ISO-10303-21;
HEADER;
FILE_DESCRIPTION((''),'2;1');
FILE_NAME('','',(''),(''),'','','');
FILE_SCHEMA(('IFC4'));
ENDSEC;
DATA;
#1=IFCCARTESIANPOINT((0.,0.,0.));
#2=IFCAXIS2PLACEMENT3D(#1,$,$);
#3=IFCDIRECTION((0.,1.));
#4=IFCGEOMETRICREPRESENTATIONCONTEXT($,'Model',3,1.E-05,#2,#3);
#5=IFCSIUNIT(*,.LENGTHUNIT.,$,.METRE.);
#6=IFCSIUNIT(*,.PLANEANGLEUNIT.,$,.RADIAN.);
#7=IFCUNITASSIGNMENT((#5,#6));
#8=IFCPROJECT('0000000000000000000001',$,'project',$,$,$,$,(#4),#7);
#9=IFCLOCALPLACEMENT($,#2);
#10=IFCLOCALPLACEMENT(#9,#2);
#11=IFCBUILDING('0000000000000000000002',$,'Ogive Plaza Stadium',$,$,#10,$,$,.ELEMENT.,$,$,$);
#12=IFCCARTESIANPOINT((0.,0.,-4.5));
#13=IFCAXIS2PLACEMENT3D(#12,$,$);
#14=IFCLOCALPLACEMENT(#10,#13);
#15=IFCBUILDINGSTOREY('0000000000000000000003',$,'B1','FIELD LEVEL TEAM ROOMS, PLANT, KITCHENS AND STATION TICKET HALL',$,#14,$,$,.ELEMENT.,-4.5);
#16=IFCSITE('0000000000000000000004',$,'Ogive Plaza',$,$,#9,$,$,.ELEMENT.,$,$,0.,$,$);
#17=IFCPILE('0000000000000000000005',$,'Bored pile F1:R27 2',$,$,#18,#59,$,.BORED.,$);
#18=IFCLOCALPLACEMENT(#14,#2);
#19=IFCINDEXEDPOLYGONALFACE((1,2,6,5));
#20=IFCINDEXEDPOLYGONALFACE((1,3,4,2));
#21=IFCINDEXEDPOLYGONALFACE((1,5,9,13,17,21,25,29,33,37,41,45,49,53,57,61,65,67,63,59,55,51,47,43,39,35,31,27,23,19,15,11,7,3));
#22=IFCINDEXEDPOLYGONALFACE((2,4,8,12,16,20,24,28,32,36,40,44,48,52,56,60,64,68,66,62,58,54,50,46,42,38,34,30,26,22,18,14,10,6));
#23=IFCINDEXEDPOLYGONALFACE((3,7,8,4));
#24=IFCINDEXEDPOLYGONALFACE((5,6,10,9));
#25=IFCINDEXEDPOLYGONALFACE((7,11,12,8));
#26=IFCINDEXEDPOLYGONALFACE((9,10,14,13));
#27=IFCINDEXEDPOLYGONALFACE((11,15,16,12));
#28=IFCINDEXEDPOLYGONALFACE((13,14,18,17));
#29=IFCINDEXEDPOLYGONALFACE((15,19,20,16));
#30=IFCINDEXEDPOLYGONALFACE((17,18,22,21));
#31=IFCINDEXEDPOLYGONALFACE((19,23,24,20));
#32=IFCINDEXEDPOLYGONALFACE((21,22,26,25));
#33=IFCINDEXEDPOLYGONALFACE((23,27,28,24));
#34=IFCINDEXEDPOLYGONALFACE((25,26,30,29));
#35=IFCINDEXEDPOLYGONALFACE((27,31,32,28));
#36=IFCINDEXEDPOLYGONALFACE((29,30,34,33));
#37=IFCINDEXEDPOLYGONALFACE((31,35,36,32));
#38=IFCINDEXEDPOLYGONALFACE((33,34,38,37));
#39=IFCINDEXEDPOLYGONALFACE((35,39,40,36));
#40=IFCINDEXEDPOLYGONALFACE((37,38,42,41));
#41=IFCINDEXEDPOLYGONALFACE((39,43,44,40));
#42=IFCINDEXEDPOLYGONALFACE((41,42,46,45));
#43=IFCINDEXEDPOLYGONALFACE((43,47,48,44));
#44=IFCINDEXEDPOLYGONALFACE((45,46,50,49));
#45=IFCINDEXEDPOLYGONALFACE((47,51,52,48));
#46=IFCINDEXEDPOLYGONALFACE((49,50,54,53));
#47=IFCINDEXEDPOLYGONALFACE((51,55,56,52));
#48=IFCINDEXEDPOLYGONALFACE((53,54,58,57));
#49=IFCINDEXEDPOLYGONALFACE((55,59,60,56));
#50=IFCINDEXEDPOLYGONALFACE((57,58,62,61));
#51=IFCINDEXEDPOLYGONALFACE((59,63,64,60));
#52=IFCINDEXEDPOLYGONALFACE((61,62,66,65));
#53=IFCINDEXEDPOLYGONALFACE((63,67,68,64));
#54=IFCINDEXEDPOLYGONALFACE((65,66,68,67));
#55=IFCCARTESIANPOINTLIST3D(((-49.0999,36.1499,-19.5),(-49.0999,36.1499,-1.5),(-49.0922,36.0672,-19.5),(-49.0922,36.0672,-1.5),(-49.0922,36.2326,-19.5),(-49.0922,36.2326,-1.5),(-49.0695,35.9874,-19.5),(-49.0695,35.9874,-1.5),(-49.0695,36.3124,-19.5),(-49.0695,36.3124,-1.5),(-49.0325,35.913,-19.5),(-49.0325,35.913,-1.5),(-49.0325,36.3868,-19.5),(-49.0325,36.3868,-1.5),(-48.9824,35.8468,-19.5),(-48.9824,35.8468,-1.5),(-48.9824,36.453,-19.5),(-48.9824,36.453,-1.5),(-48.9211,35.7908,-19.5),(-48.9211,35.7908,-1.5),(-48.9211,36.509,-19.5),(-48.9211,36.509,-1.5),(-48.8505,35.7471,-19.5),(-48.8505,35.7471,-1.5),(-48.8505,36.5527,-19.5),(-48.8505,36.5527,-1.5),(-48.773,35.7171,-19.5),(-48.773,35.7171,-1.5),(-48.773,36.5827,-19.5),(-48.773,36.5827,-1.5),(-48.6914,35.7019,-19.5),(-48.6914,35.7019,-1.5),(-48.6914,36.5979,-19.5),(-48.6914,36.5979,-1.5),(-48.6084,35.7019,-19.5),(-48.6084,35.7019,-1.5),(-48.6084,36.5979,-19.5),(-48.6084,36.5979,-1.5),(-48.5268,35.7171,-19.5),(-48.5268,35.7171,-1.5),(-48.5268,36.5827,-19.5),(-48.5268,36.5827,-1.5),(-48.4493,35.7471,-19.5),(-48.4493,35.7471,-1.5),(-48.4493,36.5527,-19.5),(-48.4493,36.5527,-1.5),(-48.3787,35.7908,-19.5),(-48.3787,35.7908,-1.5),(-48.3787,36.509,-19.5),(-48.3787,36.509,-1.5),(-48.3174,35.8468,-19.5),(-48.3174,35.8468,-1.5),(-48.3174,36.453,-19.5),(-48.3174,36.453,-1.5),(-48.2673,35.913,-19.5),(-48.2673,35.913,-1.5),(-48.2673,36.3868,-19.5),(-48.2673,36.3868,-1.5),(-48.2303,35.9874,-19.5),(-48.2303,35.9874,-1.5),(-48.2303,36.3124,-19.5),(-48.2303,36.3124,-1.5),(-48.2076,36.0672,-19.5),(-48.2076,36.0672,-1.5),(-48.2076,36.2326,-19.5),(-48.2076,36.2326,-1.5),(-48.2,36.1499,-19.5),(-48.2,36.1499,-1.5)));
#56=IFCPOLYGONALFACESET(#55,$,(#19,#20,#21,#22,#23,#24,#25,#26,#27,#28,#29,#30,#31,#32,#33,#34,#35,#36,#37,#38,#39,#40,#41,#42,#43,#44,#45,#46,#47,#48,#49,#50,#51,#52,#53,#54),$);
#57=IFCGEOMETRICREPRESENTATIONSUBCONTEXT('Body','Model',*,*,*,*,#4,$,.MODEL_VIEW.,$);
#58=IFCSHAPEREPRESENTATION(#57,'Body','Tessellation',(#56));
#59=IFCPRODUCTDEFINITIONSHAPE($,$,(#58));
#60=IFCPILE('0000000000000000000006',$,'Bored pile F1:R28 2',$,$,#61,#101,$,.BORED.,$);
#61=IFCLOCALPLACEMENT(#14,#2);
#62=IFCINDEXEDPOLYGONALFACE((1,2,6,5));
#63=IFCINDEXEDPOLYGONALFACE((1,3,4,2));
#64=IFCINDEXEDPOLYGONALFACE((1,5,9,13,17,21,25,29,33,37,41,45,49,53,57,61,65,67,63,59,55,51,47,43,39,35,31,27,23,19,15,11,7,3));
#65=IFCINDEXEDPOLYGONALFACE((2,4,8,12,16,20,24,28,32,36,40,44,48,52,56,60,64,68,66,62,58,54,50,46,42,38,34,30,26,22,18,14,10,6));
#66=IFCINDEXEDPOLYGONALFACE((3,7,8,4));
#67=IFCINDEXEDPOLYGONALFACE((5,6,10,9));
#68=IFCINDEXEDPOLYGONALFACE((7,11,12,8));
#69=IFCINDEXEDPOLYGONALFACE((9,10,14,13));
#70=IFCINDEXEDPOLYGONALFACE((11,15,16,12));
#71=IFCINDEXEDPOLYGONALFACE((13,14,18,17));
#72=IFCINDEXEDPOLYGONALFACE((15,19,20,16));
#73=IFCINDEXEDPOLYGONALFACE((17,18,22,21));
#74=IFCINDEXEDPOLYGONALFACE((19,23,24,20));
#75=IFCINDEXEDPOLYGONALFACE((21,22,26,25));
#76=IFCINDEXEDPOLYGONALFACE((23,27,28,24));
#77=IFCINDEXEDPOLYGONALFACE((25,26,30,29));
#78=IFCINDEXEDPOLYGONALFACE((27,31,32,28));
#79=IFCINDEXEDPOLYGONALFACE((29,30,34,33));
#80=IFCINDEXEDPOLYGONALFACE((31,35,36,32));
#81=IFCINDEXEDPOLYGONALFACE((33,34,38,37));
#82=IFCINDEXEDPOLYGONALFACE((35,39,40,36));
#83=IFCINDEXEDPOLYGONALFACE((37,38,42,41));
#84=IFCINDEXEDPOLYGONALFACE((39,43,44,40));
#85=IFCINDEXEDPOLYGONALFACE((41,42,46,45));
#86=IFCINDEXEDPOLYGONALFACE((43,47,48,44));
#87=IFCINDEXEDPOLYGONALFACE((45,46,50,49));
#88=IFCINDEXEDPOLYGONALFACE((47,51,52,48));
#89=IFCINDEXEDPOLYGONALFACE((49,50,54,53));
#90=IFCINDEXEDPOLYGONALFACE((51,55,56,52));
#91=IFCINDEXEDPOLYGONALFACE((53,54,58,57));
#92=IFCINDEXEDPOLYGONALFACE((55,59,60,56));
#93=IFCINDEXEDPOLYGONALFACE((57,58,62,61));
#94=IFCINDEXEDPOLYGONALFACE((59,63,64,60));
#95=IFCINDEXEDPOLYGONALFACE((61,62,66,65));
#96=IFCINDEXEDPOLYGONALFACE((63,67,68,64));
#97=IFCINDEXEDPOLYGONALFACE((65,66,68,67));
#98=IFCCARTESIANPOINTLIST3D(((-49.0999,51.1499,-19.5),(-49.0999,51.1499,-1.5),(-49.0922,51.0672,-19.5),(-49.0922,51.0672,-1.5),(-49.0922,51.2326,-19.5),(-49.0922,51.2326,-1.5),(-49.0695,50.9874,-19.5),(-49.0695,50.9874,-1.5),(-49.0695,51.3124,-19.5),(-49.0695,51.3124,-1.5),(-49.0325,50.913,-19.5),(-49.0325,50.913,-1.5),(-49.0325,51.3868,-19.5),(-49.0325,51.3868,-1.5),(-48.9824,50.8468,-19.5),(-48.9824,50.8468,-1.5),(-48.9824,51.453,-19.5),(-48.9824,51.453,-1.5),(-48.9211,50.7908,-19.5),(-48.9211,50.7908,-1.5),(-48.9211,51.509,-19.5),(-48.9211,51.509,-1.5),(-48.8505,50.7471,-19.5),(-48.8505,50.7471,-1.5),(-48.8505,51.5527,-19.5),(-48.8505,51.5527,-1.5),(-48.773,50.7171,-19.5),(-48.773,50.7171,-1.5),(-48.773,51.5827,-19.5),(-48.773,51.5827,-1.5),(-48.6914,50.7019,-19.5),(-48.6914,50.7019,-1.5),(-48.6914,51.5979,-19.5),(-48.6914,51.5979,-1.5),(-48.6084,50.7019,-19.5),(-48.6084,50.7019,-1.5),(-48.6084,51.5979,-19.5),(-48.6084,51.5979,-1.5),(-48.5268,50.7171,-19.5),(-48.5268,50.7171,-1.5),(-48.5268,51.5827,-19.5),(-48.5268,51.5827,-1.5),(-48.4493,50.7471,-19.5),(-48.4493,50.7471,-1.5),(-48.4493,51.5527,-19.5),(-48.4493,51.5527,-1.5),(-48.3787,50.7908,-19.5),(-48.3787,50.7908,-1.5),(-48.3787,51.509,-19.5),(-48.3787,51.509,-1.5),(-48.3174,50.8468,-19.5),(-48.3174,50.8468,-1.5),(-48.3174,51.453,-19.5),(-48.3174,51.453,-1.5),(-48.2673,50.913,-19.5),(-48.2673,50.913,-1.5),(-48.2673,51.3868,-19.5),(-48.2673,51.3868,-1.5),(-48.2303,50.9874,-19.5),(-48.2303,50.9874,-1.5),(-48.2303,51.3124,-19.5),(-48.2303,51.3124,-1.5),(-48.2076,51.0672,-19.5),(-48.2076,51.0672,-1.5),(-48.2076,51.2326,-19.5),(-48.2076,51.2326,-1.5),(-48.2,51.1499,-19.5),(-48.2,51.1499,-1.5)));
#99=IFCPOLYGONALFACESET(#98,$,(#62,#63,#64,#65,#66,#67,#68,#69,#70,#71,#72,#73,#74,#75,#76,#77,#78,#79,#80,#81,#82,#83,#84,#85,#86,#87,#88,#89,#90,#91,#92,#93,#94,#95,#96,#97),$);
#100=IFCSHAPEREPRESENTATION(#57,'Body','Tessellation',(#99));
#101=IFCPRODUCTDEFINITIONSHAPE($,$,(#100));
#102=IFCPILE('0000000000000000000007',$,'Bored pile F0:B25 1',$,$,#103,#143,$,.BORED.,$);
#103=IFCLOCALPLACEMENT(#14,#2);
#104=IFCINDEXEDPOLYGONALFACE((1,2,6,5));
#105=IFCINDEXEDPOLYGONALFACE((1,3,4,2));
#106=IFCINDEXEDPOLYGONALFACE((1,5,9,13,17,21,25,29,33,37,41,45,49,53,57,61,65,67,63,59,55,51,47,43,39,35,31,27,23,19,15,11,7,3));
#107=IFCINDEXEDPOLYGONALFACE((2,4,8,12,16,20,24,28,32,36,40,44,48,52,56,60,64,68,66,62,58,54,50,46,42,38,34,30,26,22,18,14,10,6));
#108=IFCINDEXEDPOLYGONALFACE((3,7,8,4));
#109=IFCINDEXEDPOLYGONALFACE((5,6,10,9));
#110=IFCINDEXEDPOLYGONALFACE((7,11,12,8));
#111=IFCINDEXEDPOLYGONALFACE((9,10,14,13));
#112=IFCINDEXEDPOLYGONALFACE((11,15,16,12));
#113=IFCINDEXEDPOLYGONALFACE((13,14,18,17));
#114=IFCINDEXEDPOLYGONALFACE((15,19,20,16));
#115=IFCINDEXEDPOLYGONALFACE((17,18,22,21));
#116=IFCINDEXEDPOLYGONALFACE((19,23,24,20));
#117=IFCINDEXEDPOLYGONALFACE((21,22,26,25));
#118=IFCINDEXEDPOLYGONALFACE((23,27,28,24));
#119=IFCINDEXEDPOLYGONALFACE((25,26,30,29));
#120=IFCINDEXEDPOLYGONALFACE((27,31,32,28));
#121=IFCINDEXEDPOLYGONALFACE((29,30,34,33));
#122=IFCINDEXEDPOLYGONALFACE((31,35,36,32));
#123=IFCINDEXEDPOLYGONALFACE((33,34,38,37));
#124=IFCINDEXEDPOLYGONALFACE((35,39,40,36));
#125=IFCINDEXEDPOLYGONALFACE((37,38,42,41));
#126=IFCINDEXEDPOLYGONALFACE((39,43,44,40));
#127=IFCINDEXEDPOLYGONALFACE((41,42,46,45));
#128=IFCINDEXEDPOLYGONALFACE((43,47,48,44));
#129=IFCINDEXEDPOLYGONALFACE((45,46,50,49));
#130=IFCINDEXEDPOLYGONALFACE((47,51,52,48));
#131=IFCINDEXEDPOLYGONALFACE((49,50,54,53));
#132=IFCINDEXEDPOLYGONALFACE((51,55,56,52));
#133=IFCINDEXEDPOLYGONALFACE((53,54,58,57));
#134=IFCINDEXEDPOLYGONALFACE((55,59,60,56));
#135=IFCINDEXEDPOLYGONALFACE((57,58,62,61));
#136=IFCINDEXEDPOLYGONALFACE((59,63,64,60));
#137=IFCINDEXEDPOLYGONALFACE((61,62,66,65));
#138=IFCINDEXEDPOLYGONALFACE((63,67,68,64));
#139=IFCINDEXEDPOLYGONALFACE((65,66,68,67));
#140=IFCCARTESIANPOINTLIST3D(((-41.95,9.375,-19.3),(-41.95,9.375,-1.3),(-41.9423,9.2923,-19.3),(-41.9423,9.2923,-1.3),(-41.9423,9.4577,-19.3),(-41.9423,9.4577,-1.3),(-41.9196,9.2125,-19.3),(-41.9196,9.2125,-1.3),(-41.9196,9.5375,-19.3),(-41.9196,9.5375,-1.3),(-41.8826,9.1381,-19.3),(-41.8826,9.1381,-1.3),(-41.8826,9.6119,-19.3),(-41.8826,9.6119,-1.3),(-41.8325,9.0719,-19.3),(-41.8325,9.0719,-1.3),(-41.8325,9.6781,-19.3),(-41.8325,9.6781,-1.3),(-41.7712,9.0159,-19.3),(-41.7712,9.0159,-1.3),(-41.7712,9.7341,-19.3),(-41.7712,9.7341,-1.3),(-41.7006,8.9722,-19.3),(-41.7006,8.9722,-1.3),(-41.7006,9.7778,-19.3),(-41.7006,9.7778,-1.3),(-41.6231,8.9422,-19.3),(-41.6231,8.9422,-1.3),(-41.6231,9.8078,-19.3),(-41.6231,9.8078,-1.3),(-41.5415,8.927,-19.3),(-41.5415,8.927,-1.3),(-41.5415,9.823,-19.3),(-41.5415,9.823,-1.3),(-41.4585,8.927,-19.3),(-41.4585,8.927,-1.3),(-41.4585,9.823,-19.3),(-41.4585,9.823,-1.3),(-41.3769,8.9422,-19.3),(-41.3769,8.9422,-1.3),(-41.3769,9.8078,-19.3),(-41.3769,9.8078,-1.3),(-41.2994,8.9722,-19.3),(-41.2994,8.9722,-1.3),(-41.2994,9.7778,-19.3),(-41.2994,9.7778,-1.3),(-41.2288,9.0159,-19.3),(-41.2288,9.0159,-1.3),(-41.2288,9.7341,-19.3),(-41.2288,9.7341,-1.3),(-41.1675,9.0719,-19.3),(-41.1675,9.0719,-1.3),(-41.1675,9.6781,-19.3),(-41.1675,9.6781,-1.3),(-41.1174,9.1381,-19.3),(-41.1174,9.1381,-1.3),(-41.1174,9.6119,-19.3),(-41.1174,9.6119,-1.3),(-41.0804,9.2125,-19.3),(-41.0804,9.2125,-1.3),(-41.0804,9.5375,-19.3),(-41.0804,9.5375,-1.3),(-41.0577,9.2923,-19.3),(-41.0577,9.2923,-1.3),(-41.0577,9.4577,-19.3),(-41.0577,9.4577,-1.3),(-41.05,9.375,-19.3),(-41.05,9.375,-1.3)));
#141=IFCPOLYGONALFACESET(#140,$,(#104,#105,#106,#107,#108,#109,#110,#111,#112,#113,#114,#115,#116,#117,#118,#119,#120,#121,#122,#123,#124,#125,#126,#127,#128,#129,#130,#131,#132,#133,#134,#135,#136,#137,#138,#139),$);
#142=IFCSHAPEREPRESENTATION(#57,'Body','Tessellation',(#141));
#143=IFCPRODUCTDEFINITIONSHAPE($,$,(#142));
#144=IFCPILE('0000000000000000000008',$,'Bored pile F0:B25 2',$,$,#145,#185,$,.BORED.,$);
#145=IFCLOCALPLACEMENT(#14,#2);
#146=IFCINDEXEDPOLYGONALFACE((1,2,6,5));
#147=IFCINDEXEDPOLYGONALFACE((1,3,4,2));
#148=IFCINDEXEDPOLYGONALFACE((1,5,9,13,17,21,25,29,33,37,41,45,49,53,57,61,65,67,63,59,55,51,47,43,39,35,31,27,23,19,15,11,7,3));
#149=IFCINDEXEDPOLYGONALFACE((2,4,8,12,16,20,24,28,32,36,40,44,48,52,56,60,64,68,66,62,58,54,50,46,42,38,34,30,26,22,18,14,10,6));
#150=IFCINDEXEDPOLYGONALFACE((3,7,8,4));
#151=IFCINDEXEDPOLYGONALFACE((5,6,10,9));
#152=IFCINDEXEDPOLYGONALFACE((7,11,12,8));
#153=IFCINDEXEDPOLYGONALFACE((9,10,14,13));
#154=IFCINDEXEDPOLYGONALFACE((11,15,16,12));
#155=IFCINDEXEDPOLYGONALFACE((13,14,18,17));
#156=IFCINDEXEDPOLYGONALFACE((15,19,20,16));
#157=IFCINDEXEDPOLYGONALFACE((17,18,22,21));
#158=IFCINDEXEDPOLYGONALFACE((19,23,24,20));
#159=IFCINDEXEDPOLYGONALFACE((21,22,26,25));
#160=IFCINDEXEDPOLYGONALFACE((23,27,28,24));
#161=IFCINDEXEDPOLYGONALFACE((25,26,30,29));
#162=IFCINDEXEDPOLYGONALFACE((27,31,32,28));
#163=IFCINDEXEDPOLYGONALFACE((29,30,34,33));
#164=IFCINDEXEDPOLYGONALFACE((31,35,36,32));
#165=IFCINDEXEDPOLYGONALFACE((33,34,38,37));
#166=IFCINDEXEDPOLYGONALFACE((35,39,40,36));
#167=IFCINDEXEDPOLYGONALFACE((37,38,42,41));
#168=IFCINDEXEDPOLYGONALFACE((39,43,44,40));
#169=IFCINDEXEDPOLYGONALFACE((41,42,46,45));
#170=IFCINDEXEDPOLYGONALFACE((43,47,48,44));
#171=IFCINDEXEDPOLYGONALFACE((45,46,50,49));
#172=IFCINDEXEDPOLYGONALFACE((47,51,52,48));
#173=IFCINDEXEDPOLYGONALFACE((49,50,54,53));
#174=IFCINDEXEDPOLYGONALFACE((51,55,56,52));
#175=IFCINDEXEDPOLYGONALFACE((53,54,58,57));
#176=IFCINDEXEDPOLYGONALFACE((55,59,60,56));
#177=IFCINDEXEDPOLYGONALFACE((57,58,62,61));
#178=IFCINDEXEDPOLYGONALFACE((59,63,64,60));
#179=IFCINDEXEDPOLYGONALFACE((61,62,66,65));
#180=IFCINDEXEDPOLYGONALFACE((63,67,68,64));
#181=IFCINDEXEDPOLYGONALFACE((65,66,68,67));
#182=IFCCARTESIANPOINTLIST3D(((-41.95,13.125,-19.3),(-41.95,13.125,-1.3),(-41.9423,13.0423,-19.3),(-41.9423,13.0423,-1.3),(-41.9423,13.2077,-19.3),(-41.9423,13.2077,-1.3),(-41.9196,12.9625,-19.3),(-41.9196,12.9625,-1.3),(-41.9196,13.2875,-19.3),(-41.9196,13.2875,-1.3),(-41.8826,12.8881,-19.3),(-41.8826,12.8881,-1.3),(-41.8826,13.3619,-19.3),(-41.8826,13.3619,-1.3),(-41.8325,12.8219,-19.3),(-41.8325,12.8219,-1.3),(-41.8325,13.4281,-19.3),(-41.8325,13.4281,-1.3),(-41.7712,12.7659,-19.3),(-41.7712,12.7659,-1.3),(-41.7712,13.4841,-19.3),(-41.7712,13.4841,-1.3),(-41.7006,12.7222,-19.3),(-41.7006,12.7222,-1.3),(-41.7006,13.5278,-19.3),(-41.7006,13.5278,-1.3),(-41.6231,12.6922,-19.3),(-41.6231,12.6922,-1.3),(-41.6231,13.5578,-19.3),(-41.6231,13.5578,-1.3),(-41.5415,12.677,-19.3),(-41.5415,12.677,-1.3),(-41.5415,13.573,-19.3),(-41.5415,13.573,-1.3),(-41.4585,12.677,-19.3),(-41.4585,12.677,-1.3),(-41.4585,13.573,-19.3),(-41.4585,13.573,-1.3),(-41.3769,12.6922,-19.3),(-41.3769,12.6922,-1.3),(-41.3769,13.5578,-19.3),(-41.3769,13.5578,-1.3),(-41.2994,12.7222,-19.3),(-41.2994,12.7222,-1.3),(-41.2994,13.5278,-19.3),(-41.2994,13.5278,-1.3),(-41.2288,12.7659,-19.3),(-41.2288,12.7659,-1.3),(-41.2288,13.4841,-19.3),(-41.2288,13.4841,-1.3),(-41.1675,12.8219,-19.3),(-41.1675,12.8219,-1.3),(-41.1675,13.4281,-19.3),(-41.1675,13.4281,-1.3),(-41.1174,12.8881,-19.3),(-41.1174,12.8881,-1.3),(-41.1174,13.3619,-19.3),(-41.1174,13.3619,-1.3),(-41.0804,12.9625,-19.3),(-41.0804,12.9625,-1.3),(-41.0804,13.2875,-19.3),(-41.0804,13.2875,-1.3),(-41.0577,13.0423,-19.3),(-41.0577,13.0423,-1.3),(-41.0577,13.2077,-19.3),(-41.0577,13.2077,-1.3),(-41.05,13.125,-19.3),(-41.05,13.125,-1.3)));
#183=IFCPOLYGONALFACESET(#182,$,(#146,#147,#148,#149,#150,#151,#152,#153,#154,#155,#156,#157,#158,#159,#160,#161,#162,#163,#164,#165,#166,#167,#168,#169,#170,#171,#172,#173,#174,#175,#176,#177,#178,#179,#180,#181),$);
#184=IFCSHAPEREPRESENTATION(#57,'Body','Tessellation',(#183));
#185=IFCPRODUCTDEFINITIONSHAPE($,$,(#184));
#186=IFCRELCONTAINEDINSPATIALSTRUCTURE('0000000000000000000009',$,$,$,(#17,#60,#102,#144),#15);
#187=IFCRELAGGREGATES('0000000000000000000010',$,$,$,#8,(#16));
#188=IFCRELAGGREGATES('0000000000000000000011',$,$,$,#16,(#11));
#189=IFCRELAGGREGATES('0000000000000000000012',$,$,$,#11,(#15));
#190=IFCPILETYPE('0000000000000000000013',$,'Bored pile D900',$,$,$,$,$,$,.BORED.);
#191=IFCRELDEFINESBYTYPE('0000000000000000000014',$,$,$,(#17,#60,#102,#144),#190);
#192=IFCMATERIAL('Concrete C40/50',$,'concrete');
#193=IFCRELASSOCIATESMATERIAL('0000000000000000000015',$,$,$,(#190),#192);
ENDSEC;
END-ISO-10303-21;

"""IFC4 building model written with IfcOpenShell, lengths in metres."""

from ifc_helpers import new_model, si_unit, direction, frame, origin, origin_2d, place, context, subcontext, project, spatial, circle, extrude, material, material_profile, profile_set, type_object, element, save


model = new_model("IFC4")

# Units and contexts
model_context = context("Model", 3, precision=1e-05, world=origin(), true_north=direction((0.0, 1.0)))
body_context = subcontext(model_context, "Body", "Model", "MODEL_VIEW")
ifc_project = project(units=[si_unit("LENGTHUNIT", "METRE"), si_unit("PLANEANGLEUNIT", "RADIAN")], contexts=[model_context])

# Site, building, storey
site_placement = place(None, origin())
site = spatial("IfcSite", under=ifc_project, at=site_placement, Name="Ogive Plaza", CompositionType="ELEMENT", RefElevation=0.0)
building_placement = place(site_placement, origin())
building = spatial("IfcBuilding", under=site, at=building_placement, Name="Ogive Plaza Stadium", CompositionType="ELEMENT")
storey_placement = place(building_placement, frame((0.0, 0.0, -4.5)))
storey = spatial("IfcBuildingStorey", under=building, at=storey_placement, Name="B1", Description="FIELD LEVEL TEAM ROOMS, PLANT, KITCHENS AND STATION TICKET HALL", CompositionType="ELEMENT", Elevation=-4.5)

# Piles
ifc_material_1 = material(Name="Concrete C40/50", Category="concrete")
ifc_material_profile_1 = material_profile(ifc_material_1, circle(Radius=0.45, at=origin_2d()), Name="RC D900")
ifc_profile_set_1 = profile_set([ifc_material_profile_1], Name="Concrete C40/50")
pile_type = type_object("IfcPileType", Name="Bored pile D900", PredefinedType="BORED", material=ifc_profile_set_1)
for number, where, z_axis, x_axis, name in (
    (1, (-48.6499, 36.1499, -1.5), (0.0, 0.0, -1.0), (1.0, 0.0, 0.0), "Bored pile F1:R27 2"),
    (2, (-48.6499, 51.1499, -1.5), (0.0, 0.0, -1.0), (1.0, 0.0, 0.0), "Bored pile F1:R28 2"),
    (3, (-41.5, 9.375, -1.3), (0.0, 0.0, -1.0), (1.0, 0.0, 0.0), "Bored pile F0:B25 1"),
    (4, (-41.5, 13.125, -1.3), (0.0, 0.0, -1.0), (1.0, 0.0, 0.0), "Bored pile F0:B25 2"),
):
    element("IfcPile", number, at=place(storey_placement, frame(where, z_axis=z_axis, x_axis=x_axis)), inside=storey, type_object=pile_type, Name=name, PredefinedType="BORED", context=body_context, shape_type="SweptSolid", body=[
        extrude(circle(Radius=0.45, at=origin_2d()), origin(), (0.0, 0.0, 1.0), 18.0),
    ])

save(model, "model.ifc")
